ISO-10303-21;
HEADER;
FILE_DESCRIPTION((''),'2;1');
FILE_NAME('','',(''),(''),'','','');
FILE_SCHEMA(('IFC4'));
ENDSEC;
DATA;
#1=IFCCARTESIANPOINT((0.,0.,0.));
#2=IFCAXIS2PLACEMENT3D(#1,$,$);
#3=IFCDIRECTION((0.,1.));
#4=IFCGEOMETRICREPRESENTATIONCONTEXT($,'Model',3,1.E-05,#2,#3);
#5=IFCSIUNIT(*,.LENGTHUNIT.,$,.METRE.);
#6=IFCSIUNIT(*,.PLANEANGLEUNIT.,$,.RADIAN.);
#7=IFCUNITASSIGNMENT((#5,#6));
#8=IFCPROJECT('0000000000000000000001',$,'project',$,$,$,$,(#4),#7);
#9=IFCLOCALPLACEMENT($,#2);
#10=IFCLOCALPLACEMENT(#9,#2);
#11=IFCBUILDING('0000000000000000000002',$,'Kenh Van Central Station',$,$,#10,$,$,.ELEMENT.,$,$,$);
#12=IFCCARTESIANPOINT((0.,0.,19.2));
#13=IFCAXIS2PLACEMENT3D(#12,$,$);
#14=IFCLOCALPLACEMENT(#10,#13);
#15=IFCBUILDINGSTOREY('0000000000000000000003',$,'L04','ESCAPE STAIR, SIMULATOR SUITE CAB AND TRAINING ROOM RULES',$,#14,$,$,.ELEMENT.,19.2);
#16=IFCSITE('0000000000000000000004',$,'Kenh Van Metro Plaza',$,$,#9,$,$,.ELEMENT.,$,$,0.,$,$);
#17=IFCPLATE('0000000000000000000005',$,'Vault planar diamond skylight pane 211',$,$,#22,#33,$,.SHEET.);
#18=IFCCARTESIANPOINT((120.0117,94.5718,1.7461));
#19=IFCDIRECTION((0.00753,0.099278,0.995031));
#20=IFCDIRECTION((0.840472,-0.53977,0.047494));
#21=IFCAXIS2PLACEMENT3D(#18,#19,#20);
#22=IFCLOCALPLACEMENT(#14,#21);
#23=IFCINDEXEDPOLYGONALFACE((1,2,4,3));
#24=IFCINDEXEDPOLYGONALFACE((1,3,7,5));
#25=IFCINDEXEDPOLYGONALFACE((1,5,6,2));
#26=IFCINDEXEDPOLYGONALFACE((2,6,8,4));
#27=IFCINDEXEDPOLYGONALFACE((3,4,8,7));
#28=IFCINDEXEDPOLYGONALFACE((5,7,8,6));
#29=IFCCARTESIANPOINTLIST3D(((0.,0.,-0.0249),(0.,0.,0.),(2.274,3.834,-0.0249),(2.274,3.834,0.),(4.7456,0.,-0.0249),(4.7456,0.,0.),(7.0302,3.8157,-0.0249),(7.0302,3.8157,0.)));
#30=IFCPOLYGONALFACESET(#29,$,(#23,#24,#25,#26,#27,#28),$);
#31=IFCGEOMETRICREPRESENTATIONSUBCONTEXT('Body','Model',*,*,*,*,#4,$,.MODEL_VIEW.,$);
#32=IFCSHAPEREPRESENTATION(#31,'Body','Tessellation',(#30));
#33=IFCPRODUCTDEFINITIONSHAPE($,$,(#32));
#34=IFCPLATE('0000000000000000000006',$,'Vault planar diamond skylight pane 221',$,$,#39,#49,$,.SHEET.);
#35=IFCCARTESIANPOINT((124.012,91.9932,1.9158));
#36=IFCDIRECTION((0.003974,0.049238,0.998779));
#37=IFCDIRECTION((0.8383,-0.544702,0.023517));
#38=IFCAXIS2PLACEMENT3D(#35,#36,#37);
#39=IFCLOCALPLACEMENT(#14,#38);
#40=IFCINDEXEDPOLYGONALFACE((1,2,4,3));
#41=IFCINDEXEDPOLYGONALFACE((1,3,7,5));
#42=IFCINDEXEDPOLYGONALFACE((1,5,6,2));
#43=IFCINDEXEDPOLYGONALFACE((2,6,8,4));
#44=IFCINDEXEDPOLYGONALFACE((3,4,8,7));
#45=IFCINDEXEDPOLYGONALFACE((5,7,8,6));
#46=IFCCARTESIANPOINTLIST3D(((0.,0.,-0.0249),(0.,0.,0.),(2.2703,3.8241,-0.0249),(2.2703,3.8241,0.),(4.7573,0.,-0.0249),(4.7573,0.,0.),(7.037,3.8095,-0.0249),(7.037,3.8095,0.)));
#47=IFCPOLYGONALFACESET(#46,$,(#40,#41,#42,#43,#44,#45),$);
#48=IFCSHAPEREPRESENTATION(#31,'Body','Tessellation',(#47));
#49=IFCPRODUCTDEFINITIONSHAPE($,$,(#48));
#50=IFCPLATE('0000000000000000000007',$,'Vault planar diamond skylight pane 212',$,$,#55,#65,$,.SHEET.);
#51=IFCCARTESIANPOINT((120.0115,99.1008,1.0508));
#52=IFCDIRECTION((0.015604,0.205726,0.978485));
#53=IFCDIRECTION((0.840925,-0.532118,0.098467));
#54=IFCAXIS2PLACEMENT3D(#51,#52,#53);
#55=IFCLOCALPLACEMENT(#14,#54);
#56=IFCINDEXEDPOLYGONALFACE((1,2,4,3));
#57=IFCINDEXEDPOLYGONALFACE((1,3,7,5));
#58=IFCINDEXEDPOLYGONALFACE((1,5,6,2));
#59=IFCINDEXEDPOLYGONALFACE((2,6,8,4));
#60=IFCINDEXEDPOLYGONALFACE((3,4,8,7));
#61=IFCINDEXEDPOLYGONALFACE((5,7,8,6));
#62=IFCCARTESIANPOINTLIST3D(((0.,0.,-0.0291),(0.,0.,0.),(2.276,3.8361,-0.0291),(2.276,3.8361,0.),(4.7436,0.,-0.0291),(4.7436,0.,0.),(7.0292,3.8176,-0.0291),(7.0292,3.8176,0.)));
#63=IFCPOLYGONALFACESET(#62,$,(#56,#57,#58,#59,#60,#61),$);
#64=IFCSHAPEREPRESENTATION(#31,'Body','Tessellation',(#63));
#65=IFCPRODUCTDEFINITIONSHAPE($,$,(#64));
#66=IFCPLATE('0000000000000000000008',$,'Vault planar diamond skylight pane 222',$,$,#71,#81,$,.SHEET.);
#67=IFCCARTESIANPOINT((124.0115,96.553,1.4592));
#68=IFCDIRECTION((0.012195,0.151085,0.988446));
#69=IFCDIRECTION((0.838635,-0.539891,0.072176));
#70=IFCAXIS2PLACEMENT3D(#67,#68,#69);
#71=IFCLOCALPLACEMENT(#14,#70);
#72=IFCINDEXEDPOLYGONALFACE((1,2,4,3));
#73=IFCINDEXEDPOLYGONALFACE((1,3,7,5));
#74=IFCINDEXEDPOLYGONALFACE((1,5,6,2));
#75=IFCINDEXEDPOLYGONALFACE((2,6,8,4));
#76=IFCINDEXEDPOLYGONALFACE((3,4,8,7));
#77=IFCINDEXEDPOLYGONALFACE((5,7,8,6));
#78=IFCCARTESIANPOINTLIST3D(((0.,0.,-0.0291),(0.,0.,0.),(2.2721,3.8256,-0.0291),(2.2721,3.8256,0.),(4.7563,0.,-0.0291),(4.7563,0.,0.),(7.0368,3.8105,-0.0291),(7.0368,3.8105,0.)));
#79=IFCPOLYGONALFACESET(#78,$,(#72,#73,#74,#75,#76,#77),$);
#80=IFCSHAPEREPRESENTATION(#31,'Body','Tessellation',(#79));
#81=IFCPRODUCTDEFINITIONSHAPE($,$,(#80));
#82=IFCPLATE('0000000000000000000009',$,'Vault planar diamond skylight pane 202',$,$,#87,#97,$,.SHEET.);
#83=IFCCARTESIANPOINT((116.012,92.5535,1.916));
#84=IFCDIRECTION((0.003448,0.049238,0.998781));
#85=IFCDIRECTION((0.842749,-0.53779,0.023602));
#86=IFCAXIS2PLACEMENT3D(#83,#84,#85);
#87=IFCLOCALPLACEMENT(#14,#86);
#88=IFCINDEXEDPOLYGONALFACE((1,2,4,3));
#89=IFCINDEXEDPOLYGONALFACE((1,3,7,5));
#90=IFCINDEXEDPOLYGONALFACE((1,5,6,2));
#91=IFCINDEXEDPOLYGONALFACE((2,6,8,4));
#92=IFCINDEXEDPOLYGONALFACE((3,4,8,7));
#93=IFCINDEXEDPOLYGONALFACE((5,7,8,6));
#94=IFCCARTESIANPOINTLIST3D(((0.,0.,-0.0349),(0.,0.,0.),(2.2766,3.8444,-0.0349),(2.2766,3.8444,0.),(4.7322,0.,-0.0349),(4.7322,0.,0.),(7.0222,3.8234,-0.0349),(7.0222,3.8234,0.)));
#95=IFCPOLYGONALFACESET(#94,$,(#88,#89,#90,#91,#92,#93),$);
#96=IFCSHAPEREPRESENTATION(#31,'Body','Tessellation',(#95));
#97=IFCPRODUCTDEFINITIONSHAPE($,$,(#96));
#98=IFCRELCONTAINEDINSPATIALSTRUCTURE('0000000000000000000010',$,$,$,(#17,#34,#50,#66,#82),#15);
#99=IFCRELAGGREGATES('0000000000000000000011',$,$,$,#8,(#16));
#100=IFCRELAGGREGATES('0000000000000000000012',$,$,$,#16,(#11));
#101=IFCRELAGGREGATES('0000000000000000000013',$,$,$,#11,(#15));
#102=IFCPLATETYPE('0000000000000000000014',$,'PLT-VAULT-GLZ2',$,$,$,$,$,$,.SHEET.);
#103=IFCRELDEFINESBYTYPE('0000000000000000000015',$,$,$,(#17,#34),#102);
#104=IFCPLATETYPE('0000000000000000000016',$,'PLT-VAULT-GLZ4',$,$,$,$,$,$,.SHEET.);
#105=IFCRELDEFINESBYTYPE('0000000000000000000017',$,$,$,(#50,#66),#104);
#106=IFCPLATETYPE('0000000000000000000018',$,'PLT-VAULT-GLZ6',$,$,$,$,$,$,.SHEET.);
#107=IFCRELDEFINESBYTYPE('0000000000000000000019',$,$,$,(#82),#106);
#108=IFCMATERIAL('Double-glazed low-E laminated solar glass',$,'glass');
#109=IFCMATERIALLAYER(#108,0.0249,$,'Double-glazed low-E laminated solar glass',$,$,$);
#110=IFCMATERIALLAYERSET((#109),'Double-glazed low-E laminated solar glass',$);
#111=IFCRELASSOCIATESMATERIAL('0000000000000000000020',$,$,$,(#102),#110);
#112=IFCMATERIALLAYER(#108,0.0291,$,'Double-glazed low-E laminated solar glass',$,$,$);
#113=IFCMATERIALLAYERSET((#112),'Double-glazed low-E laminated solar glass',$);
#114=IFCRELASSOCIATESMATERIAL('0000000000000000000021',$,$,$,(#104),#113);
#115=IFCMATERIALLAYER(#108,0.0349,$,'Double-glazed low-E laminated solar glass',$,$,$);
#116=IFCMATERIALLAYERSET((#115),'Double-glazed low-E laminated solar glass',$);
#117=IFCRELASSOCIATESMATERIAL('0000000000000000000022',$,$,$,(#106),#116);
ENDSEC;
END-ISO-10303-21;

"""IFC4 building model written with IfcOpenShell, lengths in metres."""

from ifc_helpers import new_model, si_unit, direction, frame, origin, place, context, subcontext, project, spatial, polyline, outline, extrude, material, layer, layer_set, type_object, element, save


model = new_model("IFC4")

# Units and contexts
model_context = context("Model", 3, precision=1e-05, world=origin(), true_north=direction((0.0, 1.0)))
body_context = subcontext(model_context, "Body", "Model", "MODEL_VIEW")
ifc_project = project(units=[si_unit("LENGTHUNIT", "METRE"), si_unit("PLANEANGLEUNIT", "RADIAN")], contexts=[model_context])

# Site, building, storey
site_placement = place(None, origin())
site = spatial("IfcSite", under=ifc_project, at=site_placement, Name="Kenh Van Metro Plaza", CompositionType="ELEMENT", RefElevation=0.0)
building_placement = place(site_placement, origin())
building = spatial("IfcBuilding", under=site, at=building_placement, Name="Kenh Van Central Station", CompositionType="ELEMENT")
storey_placement = place(building_placement, frame((0.0, 0.0, 19.2)))
storey = spatial("IfcBuildingStorey", under=building, at=storey_placement, Name="L04", Description="ESCAPE STAIR, SIMULATOR SUITE CAB AND TRAINING ROOM RULES", CompositionType="ELEMENT", Elevation=19.2)

# Plates
ifc_material_1 = material(Name="Double-glazed low-E laminated solar glass", Category="glass")
ifc_layer_1 = layer(ifc_material_1, 0.0249, Name="Double-glazed low-E laminated solar glass")
ifc_layer_set_1 = layer_set([ifc_layer_1], Name="Double-glazed low-E laminated solar glass")
plate_type_1 = type_object("IfcPlateType", Name="PLT-VAULT-GLZ2", PredefinedType="SHEET", material=ifc_layer_set_1)
plate_1_placement = place(storey_placement, frame((120.0117, 94.5718, 1.7461), z_axis=(0.00753, 0.099278, 0.995031), x_axis=(0.840472, -0.53977, 0.047494)))
element("IfcPlate", 1, at=plate_1_placement, inside=storey, type_object=plate_type_1, Name="Vault planar diamond skylight pane 211", PredefinedType="SHEET", context=body_context, shape_type="SweptSolid", body=[
    extrude(outline(polyline([(0.0, 0.0), (4.7456, 0.0), (7.0302, 3.8157), (2.274, 3.834), (0.0, 0.0)])), origin(), (0.0, 0.0, -1.0), 0.0249),
])
plate_2_placement = place(storey_placement, frame((124.012, 91.9932, 1.9158), z_axis=(0.003974, 0.049238, 0.998779), x_axis=(0.8383, -0.544702, 0.023517)))
element("IfcPlate", 2, at=plate_2_placement, inside=storey, type_object=plate_type_1, Name="Vault planar diamond skylight pane 221", PredefinedType="SHEET", context=body_context, shape_type="SweptSolid", body=[
    extrude(outline(polyline([(0.0, 0.0), (4.7573, 0.0), (7.037, 3.8095), (2.2703, 3.8241), (0.0, 0.0)])), origin(), (0.0, 0.0, -1.0), 0.0249),
])
ifc_layer_2 = layer(ifc_material_1, 0.0291, Name="Double-glazed low-E laminated solar glass")
ifc_layer_set_2 = layer_set([ifc_layer_2], Name="Double-glazed low-E laminated solar glass")
plate_type_2 = type_object("IfcPlateType", Name="PLT-VAULT-GLZ4", PredefinedType="SHEET", material=ifc_layer_set_2)
plate_3_placement = place(storey_placement, frame((120.0115, 99.1008, 1.0508), z_axis=(0.015604, 0.205726, 0.978485), x_axis=(0.840925, -0.532118, 0.098467)))
element("IfcPlate", 3, at=plate_3_placement, inside=storey, type_object=plate_type_2, Name="Vault planar diamond skylight pane 212", PredefinedType="SHEET", context=body_context, shape_type="SweptSolid", body=[
    extrude(outline(polyline([(0.0, 0.0), (4.7436, 0.0), (7.0292, 3.8176), (2.276, 3.8361), (0.0, 0.0)])), origin(), (0.0, 0.0, -1.0), 0.0291),
])
plate_4_placement = place(storey_placement, frame((124.0115, 96.553, 1.4592), z_axis=(0.012195, 0.151085, 0.988446), x_axis=(0.838635, -0.539891, 0.072176)))
element("IfcPlate", 4, at=plate_4_placement, inside=storey, type_object=plate_type_2, Name="Vault planar diamond skylight pane 222", PredefinedType="SHEET", context=body_context, shape_type="SweptSolid", body=[
    extrude(outline(polyline([(0.0, 0.0), (4.7563, 0.0), (7.0368, 3.8105), (2.2721, 3.8256), (0.0, 0.0)])), origin(), (0.0, 0.0, -1.0), 0.0291),
])
ifc_layer_3 = layer(ifc_material_1, 0.0349, Name="Double-glazed low-E laminated solar glass")
ifc_layer_set_3 = layer_set([ifc_layer_3], Name="Double-glazed low-E laminated solar glass")
plate_type_3 = type_object("IfcPlateType", Name="PLT-VAULT-GLZ6", PredefinedType="SHEET", material=ifc_layer_set_3)
plate_5_placement = place(storey_placement, frame((116.012, 92.5535, 1.916), z_axis=(0.003448, 0.049238, 0.998781), x_axis=(0.842749, -0.53779, 0.023602)))
element("IfcPlate", 5, at=plate_5_placement, inside=storey, type_object=plate_type_3, Name="Vault planar diamond skylight pane 202", PredefinedType="SHEET", context=body_context, shape_type="SweptSolid", body=[
    extrude(outline(polyline([(0.0, 0.0), (4.7322, 0.0), (7.0222, 3.8234), (2.2766, 3.8444), (0.0, 0.0)])), origin(), (0.0, 0.0, -1.0), 0.0349),
])

save(model, "model.ifc")
